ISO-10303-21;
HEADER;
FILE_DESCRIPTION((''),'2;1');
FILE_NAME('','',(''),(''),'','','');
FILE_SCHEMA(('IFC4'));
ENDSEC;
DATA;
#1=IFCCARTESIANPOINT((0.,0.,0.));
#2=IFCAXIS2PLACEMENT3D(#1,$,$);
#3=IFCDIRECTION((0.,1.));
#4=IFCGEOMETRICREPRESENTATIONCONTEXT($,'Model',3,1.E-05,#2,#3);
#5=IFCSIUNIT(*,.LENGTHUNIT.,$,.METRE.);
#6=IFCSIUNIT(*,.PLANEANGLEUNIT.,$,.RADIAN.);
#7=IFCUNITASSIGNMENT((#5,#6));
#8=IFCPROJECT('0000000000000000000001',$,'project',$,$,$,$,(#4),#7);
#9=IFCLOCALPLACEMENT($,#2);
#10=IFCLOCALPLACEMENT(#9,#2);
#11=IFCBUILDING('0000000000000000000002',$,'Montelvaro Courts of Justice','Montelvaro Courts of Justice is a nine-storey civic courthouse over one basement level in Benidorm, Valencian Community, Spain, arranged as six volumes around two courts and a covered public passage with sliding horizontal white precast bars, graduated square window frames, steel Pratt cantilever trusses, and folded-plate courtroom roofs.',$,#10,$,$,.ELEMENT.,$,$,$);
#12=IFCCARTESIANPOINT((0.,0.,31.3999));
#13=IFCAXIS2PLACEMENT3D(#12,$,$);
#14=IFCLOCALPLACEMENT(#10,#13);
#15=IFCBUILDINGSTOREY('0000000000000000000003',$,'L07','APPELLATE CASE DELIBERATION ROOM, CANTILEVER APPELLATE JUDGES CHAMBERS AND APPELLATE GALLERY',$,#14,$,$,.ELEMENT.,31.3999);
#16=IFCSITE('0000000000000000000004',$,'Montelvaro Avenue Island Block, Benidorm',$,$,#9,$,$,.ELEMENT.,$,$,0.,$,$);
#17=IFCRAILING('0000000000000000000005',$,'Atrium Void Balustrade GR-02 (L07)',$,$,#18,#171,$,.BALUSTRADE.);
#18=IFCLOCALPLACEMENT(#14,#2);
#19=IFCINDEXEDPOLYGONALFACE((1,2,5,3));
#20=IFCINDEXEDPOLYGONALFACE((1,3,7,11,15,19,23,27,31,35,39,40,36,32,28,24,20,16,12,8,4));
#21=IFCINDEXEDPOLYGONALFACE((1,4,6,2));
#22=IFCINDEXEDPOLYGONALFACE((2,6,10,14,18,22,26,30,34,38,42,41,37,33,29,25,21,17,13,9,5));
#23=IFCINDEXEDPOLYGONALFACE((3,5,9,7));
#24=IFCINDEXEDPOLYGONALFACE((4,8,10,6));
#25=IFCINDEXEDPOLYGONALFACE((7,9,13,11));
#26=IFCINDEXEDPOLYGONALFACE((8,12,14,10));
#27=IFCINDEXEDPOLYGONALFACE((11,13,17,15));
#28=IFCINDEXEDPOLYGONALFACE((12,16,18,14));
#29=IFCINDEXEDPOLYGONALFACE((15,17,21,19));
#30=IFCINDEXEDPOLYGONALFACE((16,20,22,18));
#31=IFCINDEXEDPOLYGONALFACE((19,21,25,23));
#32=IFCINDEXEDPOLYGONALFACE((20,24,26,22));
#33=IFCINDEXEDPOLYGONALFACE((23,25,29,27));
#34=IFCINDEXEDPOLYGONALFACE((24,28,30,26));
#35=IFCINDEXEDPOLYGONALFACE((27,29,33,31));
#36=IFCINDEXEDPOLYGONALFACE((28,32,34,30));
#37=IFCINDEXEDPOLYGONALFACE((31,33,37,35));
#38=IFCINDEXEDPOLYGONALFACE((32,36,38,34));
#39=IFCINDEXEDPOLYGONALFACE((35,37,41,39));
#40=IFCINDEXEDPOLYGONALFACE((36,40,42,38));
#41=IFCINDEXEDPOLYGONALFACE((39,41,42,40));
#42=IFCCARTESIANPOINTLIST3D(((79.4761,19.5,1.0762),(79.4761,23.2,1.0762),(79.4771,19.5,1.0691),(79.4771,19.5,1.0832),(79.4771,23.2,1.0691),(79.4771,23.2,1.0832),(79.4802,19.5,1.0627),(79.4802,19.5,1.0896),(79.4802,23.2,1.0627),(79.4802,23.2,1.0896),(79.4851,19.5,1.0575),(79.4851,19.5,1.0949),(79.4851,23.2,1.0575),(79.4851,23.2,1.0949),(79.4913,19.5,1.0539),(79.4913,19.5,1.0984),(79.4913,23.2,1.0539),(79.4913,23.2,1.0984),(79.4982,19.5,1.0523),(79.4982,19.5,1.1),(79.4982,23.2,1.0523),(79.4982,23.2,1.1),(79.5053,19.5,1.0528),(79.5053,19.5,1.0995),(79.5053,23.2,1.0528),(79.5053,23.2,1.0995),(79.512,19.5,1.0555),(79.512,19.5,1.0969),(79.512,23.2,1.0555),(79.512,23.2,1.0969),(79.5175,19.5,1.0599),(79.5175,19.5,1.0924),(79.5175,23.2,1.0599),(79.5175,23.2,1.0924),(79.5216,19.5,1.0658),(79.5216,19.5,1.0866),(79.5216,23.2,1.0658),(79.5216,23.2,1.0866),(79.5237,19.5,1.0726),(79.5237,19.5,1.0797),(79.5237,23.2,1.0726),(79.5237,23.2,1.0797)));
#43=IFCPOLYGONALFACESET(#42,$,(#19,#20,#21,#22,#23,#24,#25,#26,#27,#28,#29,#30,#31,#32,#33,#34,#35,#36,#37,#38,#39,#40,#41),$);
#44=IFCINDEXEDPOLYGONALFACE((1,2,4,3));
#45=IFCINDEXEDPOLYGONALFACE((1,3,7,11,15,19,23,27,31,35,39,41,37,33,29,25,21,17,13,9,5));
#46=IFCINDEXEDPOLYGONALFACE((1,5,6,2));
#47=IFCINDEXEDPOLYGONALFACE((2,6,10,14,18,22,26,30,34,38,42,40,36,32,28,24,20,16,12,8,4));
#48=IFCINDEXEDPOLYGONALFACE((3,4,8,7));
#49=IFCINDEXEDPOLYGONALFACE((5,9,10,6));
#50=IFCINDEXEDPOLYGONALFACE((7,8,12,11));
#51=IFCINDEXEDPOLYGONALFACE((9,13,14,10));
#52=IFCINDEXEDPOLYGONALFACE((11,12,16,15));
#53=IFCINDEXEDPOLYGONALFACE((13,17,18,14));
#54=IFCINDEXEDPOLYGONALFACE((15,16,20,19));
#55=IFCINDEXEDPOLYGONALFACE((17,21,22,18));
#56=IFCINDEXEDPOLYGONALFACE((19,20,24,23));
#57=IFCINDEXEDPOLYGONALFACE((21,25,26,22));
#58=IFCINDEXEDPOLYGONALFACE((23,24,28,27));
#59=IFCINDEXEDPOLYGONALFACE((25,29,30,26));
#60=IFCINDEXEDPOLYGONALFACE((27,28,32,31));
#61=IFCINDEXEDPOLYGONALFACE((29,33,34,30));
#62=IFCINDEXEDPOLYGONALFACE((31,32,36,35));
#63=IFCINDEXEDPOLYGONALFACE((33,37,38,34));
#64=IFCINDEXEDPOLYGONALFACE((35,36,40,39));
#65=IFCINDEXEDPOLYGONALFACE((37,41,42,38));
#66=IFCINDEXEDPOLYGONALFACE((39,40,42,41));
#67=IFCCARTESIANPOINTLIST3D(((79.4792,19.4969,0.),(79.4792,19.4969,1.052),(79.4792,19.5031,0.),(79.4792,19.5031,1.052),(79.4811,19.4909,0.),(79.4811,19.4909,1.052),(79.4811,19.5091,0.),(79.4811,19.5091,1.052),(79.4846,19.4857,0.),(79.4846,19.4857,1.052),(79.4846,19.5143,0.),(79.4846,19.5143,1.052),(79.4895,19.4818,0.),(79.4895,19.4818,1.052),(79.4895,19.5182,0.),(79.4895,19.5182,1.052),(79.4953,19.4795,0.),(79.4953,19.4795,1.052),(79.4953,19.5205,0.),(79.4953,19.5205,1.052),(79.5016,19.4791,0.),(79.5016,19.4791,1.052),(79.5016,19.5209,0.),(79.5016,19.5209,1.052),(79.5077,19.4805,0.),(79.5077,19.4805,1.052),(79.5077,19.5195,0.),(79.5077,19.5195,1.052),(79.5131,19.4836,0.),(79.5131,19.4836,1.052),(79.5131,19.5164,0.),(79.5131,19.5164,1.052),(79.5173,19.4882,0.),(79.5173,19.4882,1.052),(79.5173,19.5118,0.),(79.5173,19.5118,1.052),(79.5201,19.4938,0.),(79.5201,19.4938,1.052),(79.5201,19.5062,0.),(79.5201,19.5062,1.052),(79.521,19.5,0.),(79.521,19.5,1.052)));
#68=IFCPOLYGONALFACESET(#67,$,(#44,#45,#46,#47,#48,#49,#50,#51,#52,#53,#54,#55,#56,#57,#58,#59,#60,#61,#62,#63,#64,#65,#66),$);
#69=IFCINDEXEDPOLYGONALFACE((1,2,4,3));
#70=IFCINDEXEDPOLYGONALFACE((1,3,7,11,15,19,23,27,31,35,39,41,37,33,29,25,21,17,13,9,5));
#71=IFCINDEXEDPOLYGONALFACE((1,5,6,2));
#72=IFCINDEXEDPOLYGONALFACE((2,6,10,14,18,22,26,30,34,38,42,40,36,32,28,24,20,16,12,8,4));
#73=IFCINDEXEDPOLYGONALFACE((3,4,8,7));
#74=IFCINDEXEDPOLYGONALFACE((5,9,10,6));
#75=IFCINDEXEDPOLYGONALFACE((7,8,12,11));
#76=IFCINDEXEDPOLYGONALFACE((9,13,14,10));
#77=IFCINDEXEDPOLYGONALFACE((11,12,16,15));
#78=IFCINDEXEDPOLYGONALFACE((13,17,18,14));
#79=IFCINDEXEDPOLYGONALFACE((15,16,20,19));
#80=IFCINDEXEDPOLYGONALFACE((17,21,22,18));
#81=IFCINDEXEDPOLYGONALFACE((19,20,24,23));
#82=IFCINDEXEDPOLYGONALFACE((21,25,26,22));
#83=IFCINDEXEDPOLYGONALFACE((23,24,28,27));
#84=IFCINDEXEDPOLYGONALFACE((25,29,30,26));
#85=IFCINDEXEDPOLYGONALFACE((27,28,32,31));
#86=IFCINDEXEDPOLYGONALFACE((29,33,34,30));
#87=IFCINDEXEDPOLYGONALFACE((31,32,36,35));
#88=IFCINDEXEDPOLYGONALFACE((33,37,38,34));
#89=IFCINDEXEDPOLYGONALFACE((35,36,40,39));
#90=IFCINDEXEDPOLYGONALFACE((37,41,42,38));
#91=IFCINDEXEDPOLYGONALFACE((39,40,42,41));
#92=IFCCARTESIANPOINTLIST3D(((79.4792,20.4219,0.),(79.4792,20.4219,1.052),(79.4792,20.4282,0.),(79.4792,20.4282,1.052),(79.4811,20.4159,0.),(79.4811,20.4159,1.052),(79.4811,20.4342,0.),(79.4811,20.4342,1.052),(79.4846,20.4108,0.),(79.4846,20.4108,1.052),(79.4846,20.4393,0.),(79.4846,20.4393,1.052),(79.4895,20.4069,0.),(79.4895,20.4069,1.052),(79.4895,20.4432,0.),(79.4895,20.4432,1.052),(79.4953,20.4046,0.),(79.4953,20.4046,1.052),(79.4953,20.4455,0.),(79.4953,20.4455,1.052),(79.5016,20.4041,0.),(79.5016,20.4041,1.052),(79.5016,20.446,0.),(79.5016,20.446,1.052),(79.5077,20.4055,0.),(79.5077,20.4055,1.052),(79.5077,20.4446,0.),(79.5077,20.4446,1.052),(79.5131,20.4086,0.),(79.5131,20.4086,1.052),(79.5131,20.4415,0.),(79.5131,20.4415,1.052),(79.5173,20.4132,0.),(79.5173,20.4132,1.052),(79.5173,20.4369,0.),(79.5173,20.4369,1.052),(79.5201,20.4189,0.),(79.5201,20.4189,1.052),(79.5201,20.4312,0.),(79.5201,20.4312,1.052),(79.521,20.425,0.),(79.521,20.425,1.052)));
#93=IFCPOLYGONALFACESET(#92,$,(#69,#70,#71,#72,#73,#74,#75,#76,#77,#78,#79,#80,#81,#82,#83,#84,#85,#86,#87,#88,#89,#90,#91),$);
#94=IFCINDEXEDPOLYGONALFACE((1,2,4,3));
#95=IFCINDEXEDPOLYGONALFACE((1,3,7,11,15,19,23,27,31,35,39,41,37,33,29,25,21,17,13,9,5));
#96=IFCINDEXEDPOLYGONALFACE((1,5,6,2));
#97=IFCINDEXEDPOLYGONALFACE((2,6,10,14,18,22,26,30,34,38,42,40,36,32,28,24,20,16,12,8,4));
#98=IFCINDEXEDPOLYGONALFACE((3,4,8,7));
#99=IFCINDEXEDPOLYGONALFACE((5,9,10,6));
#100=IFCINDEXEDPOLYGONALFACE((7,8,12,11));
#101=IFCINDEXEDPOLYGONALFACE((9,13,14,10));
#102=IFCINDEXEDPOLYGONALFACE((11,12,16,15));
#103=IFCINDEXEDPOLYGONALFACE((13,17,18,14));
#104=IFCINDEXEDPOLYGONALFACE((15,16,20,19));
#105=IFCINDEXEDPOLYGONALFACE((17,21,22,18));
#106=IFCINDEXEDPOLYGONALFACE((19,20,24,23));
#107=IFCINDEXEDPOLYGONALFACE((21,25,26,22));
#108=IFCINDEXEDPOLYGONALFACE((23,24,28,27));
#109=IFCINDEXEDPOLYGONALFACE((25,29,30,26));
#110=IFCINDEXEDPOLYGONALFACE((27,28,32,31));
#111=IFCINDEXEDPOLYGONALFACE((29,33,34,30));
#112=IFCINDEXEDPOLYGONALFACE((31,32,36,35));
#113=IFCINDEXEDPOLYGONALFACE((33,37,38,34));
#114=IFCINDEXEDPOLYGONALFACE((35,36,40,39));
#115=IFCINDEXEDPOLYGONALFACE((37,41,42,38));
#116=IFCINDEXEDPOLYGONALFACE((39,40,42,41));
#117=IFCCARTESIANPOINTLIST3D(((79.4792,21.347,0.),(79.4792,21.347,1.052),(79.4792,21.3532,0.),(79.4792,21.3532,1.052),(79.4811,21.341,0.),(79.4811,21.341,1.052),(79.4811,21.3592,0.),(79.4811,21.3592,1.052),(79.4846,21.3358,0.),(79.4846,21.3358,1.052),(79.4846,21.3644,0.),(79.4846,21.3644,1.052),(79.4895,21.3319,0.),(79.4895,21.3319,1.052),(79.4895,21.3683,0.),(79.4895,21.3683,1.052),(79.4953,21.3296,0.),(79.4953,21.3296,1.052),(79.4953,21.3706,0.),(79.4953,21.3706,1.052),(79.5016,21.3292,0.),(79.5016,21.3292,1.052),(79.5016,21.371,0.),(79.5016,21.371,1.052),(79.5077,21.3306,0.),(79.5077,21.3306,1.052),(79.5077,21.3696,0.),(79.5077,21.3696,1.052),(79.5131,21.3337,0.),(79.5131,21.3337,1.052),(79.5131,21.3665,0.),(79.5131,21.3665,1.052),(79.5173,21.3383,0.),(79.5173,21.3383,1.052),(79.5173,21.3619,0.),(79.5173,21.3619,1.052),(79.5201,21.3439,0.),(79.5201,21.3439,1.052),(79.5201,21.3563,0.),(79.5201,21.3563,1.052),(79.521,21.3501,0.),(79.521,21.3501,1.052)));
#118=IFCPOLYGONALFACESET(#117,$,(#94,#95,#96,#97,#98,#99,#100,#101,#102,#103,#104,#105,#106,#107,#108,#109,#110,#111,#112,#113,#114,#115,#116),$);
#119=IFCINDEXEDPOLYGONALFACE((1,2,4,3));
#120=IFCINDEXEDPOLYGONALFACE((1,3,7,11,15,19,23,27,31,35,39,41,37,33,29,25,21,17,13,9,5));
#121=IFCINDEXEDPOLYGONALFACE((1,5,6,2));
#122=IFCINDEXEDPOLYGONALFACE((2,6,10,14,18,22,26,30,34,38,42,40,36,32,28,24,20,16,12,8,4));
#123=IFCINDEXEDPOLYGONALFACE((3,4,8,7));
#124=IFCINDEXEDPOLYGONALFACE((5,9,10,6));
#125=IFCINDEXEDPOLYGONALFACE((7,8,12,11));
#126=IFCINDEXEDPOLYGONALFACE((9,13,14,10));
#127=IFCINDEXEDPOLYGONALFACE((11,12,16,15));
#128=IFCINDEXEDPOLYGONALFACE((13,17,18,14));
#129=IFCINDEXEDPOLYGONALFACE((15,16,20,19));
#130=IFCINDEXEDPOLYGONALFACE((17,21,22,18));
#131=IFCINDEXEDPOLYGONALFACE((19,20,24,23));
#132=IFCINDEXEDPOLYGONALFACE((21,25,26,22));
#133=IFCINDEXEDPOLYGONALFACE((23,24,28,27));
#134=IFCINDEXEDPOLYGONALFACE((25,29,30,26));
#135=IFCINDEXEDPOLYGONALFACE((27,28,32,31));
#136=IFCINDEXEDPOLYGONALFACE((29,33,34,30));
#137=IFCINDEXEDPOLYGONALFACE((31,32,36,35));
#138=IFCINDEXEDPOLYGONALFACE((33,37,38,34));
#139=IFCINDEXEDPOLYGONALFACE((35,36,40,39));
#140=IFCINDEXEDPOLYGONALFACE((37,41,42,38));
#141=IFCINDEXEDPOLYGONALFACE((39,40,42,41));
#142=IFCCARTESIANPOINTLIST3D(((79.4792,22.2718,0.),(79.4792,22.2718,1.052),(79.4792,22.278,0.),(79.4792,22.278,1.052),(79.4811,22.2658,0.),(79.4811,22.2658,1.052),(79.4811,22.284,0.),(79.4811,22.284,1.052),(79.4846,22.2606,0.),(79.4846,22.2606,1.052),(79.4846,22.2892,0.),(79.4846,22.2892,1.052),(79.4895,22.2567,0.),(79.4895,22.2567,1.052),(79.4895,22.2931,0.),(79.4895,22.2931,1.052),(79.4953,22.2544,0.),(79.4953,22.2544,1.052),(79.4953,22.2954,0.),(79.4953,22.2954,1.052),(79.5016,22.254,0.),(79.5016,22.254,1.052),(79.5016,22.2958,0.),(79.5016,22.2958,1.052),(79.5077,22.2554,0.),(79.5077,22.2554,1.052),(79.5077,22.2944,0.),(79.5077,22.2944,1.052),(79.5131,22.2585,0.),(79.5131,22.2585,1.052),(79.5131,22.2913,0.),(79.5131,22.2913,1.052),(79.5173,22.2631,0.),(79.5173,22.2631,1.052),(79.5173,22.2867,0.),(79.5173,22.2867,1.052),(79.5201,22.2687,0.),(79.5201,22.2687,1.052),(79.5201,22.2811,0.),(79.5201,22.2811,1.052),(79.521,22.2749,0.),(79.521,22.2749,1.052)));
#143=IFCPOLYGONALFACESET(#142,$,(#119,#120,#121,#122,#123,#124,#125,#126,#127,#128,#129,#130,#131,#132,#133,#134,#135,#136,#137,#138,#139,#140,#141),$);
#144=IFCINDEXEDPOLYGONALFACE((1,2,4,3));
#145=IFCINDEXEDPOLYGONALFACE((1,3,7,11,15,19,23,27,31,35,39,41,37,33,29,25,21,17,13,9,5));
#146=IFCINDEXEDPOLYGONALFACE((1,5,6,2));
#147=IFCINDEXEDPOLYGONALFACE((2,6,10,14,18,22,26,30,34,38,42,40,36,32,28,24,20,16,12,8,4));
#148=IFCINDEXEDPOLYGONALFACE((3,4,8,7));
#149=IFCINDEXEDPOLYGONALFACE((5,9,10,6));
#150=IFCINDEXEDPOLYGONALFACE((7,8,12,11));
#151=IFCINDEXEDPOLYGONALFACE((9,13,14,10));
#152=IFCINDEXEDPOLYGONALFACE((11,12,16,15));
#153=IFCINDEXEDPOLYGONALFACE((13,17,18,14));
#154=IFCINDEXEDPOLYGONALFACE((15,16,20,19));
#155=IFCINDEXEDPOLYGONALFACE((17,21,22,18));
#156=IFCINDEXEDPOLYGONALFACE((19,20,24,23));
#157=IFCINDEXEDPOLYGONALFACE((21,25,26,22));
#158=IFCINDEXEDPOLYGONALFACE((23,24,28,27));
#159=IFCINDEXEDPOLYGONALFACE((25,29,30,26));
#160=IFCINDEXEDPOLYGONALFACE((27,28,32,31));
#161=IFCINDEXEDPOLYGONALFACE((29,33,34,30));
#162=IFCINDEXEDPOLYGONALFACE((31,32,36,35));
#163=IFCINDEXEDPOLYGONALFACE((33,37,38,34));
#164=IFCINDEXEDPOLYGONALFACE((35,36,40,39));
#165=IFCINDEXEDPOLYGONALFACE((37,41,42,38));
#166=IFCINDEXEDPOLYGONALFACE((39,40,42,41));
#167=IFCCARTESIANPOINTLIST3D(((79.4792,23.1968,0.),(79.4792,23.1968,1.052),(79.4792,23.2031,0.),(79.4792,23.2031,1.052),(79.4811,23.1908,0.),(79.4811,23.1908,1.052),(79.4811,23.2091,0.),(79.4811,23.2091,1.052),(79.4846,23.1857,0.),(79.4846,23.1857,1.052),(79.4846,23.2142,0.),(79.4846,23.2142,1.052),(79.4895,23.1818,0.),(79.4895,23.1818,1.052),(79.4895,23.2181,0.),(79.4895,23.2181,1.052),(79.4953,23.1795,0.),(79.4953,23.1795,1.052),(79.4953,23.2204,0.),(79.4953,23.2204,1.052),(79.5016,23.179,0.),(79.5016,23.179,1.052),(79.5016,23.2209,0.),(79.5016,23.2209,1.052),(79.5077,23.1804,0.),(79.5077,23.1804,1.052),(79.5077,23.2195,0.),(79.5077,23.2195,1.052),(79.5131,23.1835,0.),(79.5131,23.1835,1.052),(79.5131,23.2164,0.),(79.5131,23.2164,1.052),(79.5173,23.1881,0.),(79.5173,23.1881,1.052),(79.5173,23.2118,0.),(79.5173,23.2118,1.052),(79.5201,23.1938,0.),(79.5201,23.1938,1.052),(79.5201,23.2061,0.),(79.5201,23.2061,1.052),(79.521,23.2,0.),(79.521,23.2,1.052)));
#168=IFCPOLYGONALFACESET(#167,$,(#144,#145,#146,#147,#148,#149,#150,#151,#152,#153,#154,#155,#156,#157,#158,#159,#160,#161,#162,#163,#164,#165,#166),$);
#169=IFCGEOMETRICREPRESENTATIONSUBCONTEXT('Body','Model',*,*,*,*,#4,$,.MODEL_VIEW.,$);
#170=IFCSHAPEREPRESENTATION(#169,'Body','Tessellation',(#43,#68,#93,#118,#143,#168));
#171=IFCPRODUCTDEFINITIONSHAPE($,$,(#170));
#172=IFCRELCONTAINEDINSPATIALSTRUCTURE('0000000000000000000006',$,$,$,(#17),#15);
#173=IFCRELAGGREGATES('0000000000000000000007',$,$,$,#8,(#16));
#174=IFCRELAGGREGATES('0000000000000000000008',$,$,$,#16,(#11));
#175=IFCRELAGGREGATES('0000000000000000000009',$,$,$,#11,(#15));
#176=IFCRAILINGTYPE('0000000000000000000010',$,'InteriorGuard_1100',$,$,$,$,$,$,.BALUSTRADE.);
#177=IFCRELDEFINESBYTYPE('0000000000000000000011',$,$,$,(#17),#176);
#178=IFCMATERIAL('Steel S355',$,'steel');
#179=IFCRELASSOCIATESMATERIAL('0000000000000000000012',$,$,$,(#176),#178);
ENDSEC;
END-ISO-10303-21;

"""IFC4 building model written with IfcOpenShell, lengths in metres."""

from ifc_helpers import new_model, si_unit, direction, frame, origin, origin_2d, place, context, subcontext, project, spatial, circle, extrude, material, type_object, element, save


model = new_model("IFC4")

# Units and contexts
model_context = context("Model", 3, precision=1e-05, world=origin(), true_north=direction((0.0, 1.0)))
body_context = subcontext(model_context, "Body", "Model", "MODEL_VIEW")
ifc_project = project(units=[si_unit("LENGTHUNIT", "METRE"), si_unit("PLANEANGLEUNIT", "RADIAN")], contexts=[model_context])

# Site, building, storey
site_placement = place(None, origin())
site = spatial("IfcSite", under=ifc_project, at=site_placement, Name="Montelvaro Avenue Island Block, Benidorm", CompositionType="ELEMENT", RefElevation=0.0)
building_placement = place(site_placement, origin())
building = spatial("IfcBuilding", under=site, at=building_placement, Name="Montelvaro Courts of Justice", Description="Montelvaro Courts of Justice is a nine-storey civic courthouse over one basement level in Benidorm, Valencian Community, Spain, arranged as six volumes around two courts and a covered public passage with sliding horizontal white precast bars, graduated square window frames, steel Pratt cantilever trusses, and folded-plate courtroom roofs.", CompositionType="ELEMENT")
storey_placement = place(building_placement, frame((0.0, 0.0, 31.3999)))
storey = spatial("IfcBuildingStorey", under=building, at=storey_placement, Name="L07", Description="APPELLATE CASE DELIBERATION ROOM, CANTILEVER APPELLATE JUDGES CHAMBERS AND APPELLATE GALLERY", CompositionType="ELEMENT", Elevation=31.3999)

# Shared definitions
ifc_material_1 = material(Name="Steel S355", Category="steel")

# Railing
railing_type = type_object("IfcRailingType", Name="InteriorGuard_1100", PredefinedType="BALUSTRADE", material=ifc_material_1)
railing_1_placement = place(storey_placement, frame((79.5, 19.5, 0.0)))
element("IfcRailing", 1, at=railing_1_placement, inside=storey, type_object=railing_type, Name="Atrium Void Balustrade GR-02 (L07)", PredefinedType="BALUSTRADE", context=body_context, shape_type="SweptSolid", body=[
    extrude(circle(Radius=0.0239, at=origin_2d()), frame((0.0, 0.0, 1.0762), z_axis=(0.0, 1.0, 0.0), x_axis=(-1.0, 0.0, 0.0)), (0.0, 0.0, 1.0), 3.7),
    extrude(circle(Radius=0.021, at=origin_2d()), origin(), (0.0, 0.0, 1.0), 1.052),
    extrude(circle(Radius=0.021, at=origin_2d()), frame((0.0, 0.925, 0.0)), (0.0, 0.0, 1.0), 1.052),
    extrude(circle(Radius=0.021, at=origin_2d()), frame((0.0, 1.8501, 0.0)), (0.0, 0.0, 1.0), 1.052),
    extrude(circle(Radius=0.021, at=origin_2d()), frame((0.0, 2.7749, 0.0)), (0.0, 0.0, 1.0), 1.052),
    extrude(circle(Radius=0.021, at=origin_2d()), frame((0.0, 3.7, 0.0)), (0.0, 0.0, 1.0), 1.052),
])

save(model, "model.ifc")
